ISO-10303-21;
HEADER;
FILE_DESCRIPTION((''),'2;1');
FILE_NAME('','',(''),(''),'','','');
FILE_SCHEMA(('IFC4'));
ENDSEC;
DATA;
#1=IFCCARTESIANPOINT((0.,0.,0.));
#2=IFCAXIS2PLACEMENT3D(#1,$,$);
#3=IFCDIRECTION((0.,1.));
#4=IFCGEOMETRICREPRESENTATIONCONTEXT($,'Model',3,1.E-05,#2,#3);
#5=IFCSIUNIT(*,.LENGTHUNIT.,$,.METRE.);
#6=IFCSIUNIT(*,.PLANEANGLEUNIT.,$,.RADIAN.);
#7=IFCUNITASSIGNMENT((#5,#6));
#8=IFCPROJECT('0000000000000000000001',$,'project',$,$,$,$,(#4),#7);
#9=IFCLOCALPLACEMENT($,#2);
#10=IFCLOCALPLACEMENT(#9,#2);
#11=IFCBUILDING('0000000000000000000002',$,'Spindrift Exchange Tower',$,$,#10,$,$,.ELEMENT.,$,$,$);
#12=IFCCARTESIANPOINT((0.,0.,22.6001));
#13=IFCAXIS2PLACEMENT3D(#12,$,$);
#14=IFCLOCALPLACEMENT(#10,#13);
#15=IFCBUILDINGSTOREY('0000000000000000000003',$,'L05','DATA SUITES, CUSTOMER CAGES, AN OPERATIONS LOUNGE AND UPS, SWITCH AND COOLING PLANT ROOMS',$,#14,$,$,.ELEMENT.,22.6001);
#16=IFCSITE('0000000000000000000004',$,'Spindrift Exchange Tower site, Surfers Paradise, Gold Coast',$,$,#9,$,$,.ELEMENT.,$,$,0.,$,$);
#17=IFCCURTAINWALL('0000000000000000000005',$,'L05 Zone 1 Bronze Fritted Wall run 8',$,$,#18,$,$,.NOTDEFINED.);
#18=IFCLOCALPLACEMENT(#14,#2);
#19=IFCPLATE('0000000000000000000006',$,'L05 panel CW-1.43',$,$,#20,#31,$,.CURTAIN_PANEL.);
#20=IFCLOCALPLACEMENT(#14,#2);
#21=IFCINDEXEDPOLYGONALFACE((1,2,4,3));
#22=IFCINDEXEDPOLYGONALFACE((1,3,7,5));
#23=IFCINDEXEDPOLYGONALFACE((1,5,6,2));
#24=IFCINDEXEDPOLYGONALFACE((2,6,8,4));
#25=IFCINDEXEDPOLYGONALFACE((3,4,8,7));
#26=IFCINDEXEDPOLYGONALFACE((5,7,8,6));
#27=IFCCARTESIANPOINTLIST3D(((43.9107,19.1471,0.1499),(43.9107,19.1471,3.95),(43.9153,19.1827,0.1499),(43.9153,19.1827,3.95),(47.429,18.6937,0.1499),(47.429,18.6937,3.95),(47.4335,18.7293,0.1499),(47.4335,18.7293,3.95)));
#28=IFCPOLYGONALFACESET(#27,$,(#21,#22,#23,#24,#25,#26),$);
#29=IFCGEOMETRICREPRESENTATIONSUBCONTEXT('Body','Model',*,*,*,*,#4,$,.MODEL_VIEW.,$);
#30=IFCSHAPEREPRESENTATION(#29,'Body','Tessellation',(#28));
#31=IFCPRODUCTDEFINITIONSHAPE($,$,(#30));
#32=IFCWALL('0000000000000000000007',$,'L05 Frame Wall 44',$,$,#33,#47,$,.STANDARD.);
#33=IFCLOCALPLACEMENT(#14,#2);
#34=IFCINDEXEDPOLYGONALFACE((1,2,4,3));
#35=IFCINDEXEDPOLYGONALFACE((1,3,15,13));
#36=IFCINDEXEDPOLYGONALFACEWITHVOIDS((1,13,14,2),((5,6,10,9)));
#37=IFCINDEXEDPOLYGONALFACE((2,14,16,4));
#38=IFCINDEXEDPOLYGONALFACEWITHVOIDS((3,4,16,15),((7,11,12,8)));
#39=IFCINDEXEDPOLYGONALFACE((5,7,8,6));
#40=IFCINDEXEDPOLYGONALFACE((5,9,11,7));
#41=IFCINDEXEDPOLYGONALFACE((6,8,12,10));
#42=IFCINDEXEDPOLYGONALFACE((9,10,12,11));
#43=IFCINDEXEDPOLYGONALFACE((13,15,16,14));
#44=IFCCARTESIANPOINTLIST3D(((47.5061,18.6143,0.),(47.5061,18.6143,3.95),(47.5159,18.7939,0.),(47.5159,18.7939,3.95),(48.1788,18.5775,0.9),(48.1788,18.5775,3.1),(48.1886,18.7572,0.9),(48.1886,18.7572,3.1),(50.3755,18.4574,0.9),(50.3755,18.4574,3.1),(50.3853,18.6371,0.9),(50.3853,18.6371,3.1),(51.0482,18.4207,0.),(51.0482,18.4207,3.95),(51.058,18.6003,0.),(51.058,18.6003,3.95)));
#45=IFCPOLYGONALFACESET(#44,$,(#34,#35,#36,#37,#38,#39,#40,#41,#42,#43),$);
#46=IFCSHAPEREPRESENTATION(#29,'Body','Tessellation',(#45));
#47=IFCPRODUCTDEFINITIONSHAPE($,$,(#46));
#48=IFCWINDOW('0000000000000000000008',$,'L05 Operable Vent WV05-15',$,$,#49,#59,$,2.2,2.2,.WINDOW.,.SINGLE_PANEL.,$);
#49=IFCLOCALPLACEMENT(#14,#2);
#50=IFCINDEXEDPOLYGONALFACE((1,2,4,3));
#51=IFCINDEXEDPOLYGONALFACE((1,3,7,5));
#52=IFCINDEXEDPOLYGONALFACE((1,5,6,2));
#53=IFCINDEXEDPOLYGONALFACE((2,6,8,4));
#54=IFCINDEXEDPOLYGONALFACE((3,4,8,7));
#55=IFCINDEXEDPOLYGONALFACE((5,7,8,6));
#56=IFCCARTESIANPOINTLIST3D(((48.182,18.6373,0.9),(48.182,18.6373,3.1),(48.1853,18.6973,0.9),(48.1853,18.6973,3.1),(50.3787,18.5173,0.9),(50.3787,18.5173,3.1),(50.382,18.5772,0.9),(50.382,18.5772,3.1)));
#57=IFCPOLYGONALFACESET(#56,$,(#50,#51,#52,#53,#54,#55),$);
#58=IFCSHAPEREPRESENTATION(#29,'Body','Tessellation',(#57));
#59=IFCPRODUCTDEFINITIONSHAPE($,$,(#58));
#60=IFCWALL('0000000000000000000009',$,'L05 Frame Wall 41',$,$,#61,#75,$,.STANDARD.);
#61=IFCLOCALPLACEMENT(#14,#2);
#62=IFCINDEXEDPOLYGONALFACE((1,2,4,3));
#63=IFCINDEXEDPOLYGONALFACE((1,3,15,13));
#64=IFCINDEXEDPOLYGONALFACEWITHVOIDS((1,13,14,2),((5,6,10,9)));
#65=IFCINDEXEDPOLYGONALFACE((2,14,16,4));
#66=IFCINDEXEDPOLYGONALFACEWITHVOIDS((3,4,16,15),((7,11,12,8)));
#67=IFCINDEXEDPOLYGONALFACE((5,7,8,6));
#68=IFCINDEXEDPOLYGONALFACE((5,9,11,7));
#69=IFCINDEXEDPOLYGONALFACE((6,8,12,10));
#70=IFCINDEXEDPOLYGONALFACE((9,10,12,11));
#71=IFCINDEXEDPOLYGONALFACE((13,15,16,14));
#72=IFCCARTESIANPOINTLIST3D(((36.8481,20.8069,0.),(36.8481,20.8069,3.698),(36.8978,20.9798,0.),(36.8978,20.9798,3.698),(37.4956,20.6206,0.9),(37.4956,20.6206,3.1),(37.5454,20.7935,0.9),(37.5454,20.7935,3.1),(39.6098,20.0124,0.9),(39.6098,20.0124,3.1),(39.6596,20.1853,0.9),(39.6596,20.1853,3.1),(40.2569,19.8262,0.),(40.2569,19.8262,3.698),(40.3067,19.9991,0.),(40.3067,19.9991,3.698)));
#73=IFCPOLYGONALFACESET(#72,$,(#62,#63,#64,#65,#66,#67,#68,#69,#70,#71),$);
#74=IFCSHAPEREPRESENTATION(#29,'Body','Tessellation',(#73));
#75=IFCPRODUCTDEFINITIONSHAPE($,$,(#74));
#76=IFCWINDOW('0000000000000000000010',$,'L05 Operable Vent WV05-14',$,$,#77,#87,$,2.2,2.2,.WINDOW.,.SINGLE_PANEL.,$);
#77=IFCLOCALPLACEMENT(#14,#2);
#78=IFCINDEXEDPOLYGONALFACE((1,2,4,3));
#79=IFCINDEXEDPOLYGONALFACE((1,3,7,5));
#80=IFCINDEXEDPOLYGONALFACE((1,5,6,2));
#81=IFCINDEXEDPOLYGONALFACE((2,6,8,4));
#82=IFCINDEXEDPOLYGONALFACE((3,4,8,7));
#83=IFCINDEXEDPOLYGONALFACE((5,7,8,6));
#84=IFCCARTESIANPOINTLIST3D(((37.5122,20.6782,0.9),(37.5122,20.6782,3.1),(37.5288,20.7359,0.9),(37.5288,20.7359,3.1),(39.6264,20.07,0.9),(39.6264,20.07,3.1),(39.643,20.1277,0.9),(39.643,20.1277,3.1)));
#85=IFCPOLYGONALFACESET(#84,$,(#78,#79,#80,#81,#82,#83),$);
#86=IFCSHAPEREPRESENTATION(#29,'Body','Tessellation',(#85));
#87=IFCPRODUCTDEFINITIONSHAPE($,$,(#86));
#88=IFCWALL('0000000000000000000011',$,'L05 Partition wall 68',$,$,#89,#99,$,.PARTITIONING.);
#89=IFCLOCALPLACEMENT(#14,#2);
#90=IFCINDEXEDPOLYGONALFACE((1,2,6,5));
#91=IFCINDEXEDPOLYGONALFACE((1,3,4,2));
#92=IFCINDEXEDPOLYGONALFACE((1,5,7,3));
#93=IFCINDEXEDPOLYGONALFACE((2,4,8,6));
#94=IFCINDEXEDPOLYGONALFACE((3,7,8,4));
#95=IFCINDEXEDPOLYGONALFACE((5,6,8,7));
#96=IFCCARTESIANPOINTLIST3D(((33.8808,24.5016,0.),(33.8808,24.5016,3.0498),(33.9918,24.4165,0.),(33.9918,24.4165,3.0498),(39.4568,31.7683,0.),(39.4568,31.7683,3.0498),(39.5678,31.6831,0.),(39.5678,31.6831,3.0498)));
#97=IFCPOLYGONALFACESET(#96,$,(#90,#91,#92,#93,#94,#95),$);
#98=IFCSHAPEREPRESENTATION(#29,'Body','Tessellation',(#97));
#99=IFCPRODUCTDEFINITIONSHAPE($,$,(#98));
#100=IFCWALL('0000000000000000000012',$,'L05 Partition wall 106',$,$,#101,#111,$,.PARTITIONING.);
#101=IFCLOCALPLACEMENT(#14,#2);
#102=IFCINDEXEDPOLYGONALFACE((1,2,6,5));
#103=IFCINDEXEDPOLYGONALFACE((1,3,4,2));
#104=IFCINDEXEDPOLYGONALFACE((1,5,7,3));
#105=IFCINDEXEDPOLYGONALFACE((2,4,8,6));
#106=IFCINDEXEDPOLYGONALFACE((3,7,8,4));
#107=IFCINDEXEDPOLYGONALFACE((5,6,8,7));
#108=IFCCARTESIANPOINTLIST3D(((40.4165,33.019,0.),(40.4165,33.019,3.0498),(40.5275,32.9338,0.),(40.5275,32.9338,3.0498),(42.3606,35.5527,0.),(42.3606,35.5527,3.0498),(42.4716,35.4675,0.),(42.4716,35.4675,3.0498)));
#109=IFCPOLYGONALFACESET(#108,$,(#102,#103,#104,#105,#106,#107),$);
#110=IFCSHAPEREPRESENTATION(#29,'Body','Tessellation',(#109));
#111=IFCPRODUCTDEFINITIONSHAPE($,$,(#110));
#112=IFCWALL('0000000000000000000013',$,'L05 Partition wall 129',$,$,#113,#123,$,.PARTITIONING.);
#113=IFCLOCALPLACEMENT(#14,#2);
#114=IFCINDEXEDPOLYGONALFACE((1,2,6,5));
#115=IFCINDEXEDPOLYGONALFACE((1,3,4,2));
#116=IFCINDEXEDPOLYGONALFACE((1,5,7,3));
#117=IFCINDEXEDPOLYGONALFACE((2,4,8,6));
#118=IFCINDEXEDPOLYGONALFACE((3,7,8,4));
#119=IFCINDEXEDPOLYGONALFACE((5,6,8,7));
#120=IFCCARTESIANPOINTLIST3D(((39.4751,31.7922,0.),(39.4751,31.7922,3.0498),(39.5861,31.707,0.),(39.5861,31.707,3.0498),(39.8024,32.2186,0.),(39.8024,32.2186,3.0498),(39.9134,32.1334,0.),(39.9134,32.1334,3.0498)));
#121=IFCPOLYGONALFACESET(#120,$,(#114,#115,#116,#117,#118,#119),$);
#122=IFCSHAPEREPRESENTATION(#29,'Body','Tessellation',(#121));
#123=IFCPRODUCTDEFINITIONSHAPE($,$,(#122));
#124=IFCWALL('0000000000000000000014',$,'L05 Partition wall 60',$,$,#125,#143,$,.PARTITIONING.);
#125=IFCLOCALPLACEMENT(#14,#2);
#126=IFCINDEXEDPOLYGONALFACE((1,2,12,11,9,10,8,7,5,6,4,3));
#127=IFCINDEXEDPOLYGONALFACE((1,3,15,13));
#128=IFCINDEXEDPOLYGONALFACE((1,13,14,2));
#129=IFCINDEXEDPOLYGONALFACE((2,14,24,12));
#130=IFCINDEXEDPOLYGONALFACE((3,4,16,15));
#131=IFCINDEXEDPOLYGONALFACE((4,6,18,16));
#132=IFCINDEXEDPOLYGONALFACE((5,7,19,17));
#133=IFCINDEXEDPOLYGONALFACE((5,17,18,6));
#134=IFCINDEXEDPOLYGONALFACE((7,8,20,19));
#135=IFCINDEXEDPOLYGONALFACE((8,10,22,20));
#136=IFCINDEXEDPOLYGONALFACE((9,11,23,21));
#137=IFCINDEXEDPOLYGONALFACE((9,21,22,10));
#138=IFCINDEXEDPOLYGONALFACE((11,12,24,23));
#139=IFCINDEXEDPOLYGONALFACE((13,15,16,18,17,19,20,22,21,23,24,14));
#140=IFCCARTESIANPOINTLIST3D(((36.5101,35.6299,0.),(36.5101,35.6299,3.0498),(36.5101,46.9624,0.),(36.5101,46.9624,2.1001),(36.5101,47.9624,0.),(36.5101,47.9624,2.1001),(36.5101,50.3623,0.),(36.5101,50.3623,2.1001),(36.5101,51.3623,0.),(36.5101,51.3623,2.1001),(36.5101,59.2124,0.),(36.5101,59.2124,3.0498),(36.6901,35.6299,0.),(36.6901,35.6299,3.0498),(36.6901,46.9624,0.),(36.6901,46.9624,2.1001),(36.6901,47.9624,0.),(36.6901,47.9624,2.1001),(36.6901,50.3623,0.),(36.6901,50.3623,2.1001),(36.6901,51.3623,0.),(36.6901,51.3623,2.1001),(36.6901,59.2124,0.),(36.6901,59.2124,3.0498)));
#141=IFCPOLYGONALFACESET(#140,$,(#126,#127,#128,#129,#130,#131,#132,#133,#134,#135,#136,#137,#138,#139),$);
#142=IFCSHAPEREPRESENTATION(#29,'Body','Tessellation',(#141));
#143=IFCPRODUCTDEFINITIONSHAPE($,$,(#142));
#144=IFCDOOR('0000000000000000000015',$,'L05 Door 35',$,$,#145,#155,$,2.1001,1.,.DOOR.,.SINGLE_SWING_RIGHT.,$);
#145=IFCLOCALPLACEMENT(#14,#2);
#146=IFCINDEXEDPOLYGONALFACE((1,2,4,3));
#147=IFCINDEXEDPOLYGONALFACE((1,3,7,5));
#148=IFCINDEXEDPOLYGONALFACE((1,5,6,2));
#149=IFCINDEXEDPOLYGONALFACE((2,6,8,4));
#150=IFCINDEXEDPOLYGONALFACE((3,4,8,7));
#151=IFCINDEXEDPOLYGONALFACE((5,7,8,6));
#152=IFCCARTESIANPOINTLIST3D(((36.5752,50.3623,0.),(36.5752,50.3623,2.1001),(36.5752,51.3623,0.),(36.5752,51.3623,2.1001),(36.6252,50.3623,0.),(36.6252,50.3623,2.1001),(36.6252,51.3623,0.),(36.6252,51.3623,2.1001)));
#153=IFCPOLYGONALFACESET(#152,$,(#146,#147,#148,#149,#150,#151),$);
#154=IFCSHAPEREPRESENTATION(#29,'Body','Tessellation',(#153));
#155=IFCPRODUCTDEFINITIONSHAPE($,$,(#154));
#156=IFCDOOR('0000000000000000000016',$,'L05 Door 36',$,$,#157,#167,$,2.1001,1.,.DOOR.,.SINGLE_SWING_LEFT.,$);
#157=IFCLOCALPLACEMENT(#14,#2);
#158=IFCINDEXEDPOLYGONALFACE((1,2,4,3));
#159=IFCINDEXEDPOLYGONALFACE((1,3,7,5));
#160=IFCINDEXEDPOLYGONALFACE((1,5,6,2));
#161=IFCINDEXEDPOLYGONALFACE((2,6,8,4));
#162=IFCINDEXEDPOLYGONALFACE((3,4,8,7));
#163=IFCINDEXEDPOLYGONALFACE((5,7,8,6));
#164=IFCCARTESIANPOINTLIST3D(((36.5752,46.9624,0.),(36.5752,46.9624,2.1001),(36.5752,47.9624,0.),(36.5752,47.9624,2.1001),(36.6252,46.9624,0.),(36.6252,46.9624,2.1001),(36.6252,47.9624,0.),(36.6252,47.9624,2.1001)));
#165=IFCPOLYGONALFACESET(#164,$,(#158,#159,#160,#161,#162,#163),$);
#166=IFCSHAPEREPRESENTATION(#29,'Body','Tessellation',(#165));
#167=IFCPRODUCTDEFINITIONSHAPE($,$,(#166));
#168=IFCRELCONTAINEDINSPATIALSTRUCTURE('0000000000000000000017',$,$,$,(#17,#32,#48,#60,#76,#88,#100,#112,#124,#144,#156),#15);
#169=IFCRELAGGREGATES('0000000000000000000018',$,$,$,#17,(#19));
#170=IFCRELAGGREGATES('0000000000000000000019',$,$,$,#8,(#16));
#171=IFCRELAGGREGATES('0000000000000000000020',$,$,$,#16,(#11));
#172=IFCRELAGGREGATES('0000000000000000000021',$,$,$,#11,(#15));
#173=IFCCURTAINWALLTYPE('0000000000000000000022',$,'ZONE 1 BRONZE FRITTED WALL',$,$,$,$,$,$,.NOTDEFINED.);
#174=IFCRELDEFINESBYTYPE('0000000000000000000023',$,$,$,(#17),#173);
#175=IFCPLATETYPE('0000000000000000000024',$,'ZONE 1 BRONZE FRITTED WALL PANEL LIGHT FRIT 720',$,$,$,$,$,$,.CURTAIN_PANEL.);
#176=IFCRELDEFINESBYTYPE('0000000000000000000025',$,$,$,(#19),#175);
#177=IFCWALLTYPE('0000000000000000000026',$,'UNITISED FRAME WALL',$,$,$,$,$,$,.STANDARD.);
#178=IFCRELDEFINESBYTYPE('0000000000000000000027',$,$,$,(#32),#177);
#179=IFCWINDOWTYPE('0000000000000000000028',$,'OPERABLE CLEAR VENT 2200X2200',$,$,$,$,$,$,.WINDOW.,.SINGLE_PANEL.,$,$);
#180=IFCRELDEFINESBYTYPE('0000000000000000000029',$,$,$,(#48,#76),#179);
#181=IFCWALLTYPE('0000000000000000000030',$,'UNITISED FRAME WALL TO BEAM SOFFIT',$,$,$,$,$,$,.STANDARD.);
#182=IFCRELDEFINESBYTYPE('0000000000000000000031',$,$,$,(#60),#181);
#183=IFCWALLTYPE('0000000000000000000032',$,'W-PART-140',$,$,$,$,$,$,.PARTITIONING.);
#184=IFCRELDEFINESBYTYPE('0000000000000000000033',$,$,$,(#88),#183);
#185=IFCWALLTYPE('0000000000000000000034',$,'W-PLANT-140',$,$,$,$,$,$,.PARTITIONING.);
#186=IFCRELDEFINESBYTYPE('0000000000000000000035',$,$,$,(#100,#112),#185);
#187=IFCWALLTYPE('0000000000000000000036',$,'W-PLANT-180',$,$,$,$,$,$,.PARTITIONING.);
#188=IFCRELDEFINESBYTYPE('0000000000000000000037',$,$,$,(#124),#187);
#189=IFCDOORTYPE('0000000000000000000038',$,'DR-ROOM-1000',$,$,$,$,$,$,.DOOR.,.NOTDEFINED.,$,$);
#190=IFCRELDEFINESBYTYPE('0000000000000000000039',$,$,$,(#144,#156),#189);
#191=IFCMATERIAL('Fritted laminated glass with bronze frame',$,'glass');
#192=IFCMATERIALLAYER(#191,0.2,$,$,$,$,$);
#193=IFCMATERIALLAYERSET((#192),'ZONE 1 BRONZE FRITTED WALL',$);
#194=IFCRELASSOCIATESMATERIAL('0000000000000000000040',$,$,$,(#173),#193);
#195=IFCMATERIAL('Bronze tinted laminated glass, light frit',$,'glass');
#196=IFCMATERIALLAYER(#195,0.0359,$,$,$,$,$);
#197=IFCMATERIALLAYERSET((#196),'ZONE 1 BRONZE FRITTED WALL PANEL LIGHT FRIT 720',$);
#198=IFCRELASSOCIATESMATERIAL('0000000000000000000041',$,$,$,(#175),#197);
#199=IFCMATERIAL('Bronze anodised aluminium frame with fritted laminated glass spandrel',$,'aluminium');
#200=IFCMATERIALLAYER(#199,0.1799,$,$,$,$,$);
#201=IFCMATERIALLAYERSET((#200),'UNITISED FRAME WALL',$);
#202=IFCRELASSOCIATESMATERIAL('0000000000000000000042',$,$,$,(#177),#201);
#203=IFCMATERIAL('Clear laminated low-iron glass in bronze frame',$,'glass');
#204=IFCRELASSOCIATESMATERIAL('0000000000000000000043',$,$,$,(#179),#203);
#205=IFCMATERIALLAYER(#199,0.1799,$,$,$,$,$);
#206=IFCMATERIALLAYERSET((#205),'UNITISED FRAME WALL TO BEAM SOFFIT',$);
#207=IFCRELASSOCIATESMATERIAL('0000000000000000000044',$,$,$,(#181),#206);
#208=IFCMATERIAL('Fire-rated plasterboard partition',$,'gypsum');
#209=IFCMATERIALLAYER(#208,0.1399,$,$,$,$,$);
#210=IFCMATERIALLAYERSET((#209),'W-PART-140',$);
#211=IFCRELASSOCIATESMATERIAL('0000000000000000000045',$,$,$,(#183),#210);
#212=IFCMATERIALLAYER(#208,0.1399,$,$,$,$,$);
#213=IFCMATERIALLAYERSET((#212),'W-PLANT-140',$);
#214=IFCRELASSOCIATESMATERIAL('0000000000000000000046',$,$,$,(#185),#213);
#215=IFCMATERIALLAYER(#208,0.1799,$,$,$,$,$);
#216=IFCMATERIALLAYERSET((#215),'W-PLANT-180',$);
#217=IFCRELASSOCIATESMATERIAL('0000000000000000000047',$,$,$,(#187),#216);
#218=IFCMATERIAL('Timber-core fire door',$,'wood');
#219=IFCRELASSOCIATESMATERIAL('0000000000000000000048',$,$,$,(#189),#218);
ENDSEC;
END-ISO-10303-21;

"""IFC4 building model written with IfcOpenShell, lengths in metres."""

from ifc_helpers import new_model, si_unit, direction, frame, frame_2d, origin, origin_2d, place, context, subcontext, project, spatial, rectangle, extrude, source, transform, mapped, material, layer, layer_set, type_object, element, fill, aggregate, save


model = new_model("IFC4")

# Units and contexts
model_context = context("Model", 3, precision=1e-05, world=origin(), true_north=direction((0.0, 1.0)))
body_context = subcontext(model_context, "Body", "Model", "MODEL_VIEW")
ifc_project = project(units=[si_unit("LENGTHUNIT", "METRE"), si_unit("PLANEANGLEUNIT", "RADIAN")], contexts=[model_context])

# Site, building, storey
site_placement = place(None, origin())
site = spatial("IfcSite", under=ifc_project, at=site_placement, Name="Spindrift Exchange Tower site, Surfers Paradise, Gold Coast", CompositionType="ELEMENT", RefElevation=0.0)
building_placement = place(site_placement, origin())
building = spatial("IfcBuilding", under=site, at=building_placement, Name="Spindrift Exchange Tower", CompositionType="ELEMENT")
storey_placement = place(building_placement, frame((0.0, 0.0, 22.6001)))
storey = spatial("IfcBuildingStorey", under=building, at=storey_placement, Name="L05", Description="DATA SUITES, CUSTOMER CAGES, AN OPERATIONS LOUNGE AND UPS, SWITCH AND COOLING PLANT ROOMS", CompositionType="ELEMENT", Elevation=22.6001)

# Curtain wall
ifc_material_1 = material(Name="Fritted laminated glass with bronze frame", Category="glass")
ifc_layer_1 = layer(ifc_material_1, 0.2)
ifc_layer_set_1 = layer_set([ifc_layer_1], Name="ZONE 1 BRONZE FRITTED WALL")
curtain_wall_type = type_object("IfcCurtainWallType", Name="ZONE 1 BRONZE FRITTED WALL", PredefinedType="NOTDEFINED", material=ifc_layer_set_1)
curtain_wall_1_placement = place(storey_placement, origin())
curtain_wall_1 = element("IfcCurtainWall", 1, at=curtain_wall_1_placement, inside=storey, type_object=curtain_wall_type, Name="L05 Zone 1 Bronze Fritted Wall run 8", PredefinedType="NOTDEFINED")

# Plate
ifc_material_2 = material(Name="Bronze tinted laminated glass, light frit", Category="glass")
ifc_layer_2 = layer(ifc_material_2, 0.0359)
ifc_layer_set_2 = layer_set([ifc_layer_2], Name="ZONE 1 BRONZE FRITTED WALL PANEL LIGHT FRIT 720")
plate_type_1 = type_object("IfcPlateType", Name="ZONE 1 BRONZE FRITTED WALL PANEL LIGHT FRIT 720", PredefinedType="CURTAIN_PANEL", material=ifc_layer_set_2)
shared_shape_1 = source(origin(), body_context, "Body", "SweptSolid", [
    extrude(rectangle(XDim=3.5474, YDim=0.0359, at=origin_2d()), origin(), (0.0, 0.0, 1.0), 3.8),
])
plate_1_placement = place(storey_placement, frame((45.6721, 18.9382, 0.1499), z_axis=(0.0, 0.0, 1.0), x_axis=(0.991799, -0.127807, 0.0)))
plate_1 = element("IfcPlate", 2, at=plate_1_placement, type_object=plate_type_1, Name="L05 panel CW-1.43", PredefinedType="CURTAIN_PANEL", context=body_context, shape_type="MappedRepresentation", body=[
    mapped(shared_shape_1, transform((0.0, 0.0, 0.0), scale=1.0)),
])
aggregate(curtain_wall_1, [plate_1])

# Walls, openings, windows
ifc_material_3 = material(Name="Bronze anodised aluminium frame with fritted laminated glass spandrel", Category="aluminium")
ifc_layer_3 = layer(ifc_material_3, 0.1799)
ifc_layer_set_3 = layer_set([ifc_layer_3], Name="UNITISED FRAME WALL")
wall_type_1 = type_object("IfcWallType", Name="UNITISED FRAME WALL", PredefinedType="STANDARD", material=ifc_layer_set_3)
wall_1_placement = place(storey_placement, frame((47.511, 18.7041, 0.0), z_axis=(0.0, 0.0, 1.0), x_axis=(0.99851, -0.054578, 0.0)))
wall_1 = element("IfcWall", 3, at=wall_1_placement, inside=storey, type_object=wall_type_1, Name="L05 Frame Wall 44", PredefinedType="STANDARD", context=body_context, shape_type="SweptSolid", body=[
    extrude(rectangle(XDim=3.5474, YDim=0.1799, at=frame_2d((1.7737, 0.0))), origin(), (0.0, 0.0, 1.0), 3.95),
])
opening_1_placement = place(wall_1_placement, frame((0.6736, 0.0, 0.8999)))
opening_1 = element("IfcOpeningElement", 4, at=opening_1_placement, cuts=wall_1, PredefinedType="OPENING", context=body_context, shape_type="SweptSolid", body=[
    extrude(rectangle(XDim=2.2, YDim=2.2, at=frame_2d((1.1001, 1.1001))), frame((0.0, 0.0999, 0.0), z_axis=(0.0, -1.0, 0.0), x_axis=(1.0, 0.0, 0.0)), (0.0, 0.0, 1.0), 0.2),
])
ifc_material_4 = material(Name="Clear laminated low-iron glass in bronze frame", Category="glass")
window_type = type_object("IfcWindowType", Name="OPERABLE CLEAR VENT 2200X2200", PartitioningType="SINGLE_PANEL", PredefinedType="WINDOW", material=ifc_material_4)
shared_shape_2 = source(origin(), body_context, "Body", "SweptSolid", [
    extrude(rectangle(XDim=2.2, YDim=2.2, at=frame_2d((1.1001, 1.1001))), frame((0.0, 0.03, 0.0), z_axis=(0.0, -1.0, 0.0), x_axis=(1.0, 0.0, 0.0)), (0.0, 0.0, 1.0), 0.0601),
])
window_1_placement = place(opening_1_placement, origin())
window_1 = element("IfcWindow", 5, at=window_1_placement, inside=storey, type_object=window_type, Name="L05 Operable Vent WV05-15", OverallHeight=2.2, OverallWidth=2.2, PartitioningType="SINGLE_PANEL", PredefinedType="WINDOW", context=body_context, shape_type="MappedRepresentation", body=[
    mapped(shared_shape_2, transform((0.0, 0.0, 0.0), scale=1.0)),
])
fill(opening_1, window_1)
ifc_layer_4 = layer(ifc_material_3, 0.1799)
ifc_layer_set_4 = layer_set([ifc_layer_4], Name="UNITISED FRAME WALL TO BEAM SOFFIT")
wall_type_2 = type_object("IfcWallType", Name="UNITISED FRAME WALL TO BEAM SOFFIT", PredefinedType="STANDARD", material=ifc_layer_set_4)
wall_2_placement = place(storey_placement, frame((36.873, 20.8933, 0.0), z_axis=(0.0, 0.0, 1.0), x_axis=(0.961021, -0.276475, 0.0)))
wall_2 = element("IfcWall", 6, at=wall_2_placement, inside=storey, type_object=wall_type_2, Name="L05 Frame Wall 41", PredefinedType="STANDARD", context=body_context, shape_type="SweptSolid", body=[
    extrude(rectangle(XDim=3.5471, YDim=0.1799, at=frame_2d((1.7734, 0.0))), origin(), (0.0, 0.0, 1.0), 3.698),
])
opening_2_placement = place(wall_2_placement, frame((0.6736, 0.0, 0.8999)))
opening_2 = element("IfcOpeningElement", 7, at=opening_2_placement, cuts=wall_2, PredefinedType="OPENING", context=body_context, shape_type="SweptSolid", body=[
    extrude(rectangle(XDim=2.2, YDim=2.2, at=frame_2d((1.1001, 1.1001))), frame((0.0, 0.0999, 0.0), z_axis=(0.0, -1.0, 0.0), x_axis=(1.0, 0.0, 0.0)), (0.0, 0.0, 1.0), 0.2),
])
window_2_placement = place(opening_2_placement, origin())
window_2 = element("IfcWindow", 8, at=window_2_placement, inside=storey, type_object=window_type, Name="L05 Operable Vent WV05-14", OverallHeight=2.2, OverallWidth=2.2, PartitioningType="SINGLE_PANEL", PredefinedType="WINDOW", context=body_context, shape_type="MappedRepresentation", body=[
    mapped(shared_shape_2, transform((0.0, 0.0, 0.0), scale=1.0)),
])
fill(opening_2, window_2)

# Walls
ifc_material_5 = material(Name="Fire-rated plasterboard partition", Category="gypsum")
ifc_layer_5 = layer(ifc_material_5, 0.1399)
ifc_layer_set_5 = layer_set([ifc_layer_5], Name="W-PART-140")
wall_type_3 = type_object("IfcWallType", Name="W-PART-140", PredefinedType="PARTITIONING", material=ifc_layer_set_5)
wall_3_placement = place(storey_placement, frame((39.5122, 31.7256, 0.0), z_axis=(0.0, 0.0, 1.0), x_axis=(-0.608766, -0.79335, 0.0)))
element("IfcWall", 9, at=wall_3_placement, inside=storey, type_object=wall_type_3, Name="L05 Partition wall 68", PredefinedType="PARTITIONING", context=body_context, shape_type="SweptSolid", body=[
    extrude(rectangle(XDim=9.1594, YDim=0.1399, at=frame_2d((4.5796, 0.0))), origin(), (0.0, 0.0, 1.0), 3.0498),
])
ifc_layer_6 = layer(ifc_material_5, 0.1399)
ifc_layer_set_6 = layer_set([ifc_layer_6], Name="W-PLANT-140")
wall_type_4 = type_object("IfcWallType", Name="W-PLANT-140", PredefinedType="PARTITIONING", material=ifc_layer_set_6)
wall_4_placement = place(storey_placement, frame((42.416, 35.51, 0.0), z_axis=(0.0, 0.0, 1.0), x_axis=(-0.608746, -0.793365, 0.0)))
element("IfcWall", 10, at=wall_4_placement, inside=storey, type_object=wall_type_4, Name="L05 Partition wall 106", PredefinedType="PARTITIONING", context=body_context, shape_type="SweptSolid", body=[
    extrude(rectangle(XDim=3.1936, YDim=0.1399, at=frame_2d((1.5967, 0.0))), origin(), (0.0, 0.0, 1.0), 3.0498),
])
wall_5_placement = place(storey_placement, frame((39.8579, 32.176, 0.0), z_axis=(0.0, 0.0, 1.0), x_axis=(-0.608899, -0.793248, 0.0)))
element("IfcWall", 11, at=wall_5_placement, inside=storey, type_object=wall_type_4, Name="L05 Partition wall 129", PredefinedType="PARTITIONING", context=body_context, shape_type="SweptSolid", body=[
    extrude(rectangle(XDim=0.5376, YDim=0.1399, at=frame_2d((0.2688, 0.0))), origin(), (0.0, 0.0, 1.0), 3.0498),
])

# Wall, openings, doors
ifc_layer_7 = layer(ifc_material_5, 0.1799)
ifc_layer_set_7 = layer_set([ifc_layer_7], Name="W-PLANT-180")
wall_type_5 = type_object("IfcWallType", Name="W-PLANT-180", PredefinedType="PARTITIONING", material=ifc_layer_set_7)
wall_6_placement = place(storey_placement, frame((36.6001, 35.6299, 0.0), z_axis=(0.0, 0.0, 1.0), x_axis=(0.0, 1.0, 0.0)))
wall_6 = element("IfcWall", 12, at=wall_6_placement, inside=storey, type_object=wall_type_5, Name="L05 Partition wall 60", PredefinedType="PARTITIONING", context=body_context, shape_type="SweptSolid", body=[
    extrude(rectangle(XDim=23.5825, YDim=0.1799, at=frame_2d((11.7913, 0.0))), origin(), (0.0, 0.0, 1.0), 3.0498),
])
opening_3_placement = place(wall_6_placement, frame((14.7324, 0.0, 0.0)))
opening_3 = element("IfcOpeningElement", 13, at=opening_3_placement, cuts=wall_6, PredefinedType="OPENING", context=body_context, shape_type="SweptSolid", body=[
    extrude(rectangle(XDim=1.0, YDim=2.1001, at=frame_2d((0.5, 1.05))), frame((0.0, 0.0999, 0.0), z_axis=(0.0, -1.0, 0.0), x_axis=(1.0, 0.0, 0.0)), (0.0, 0.0, 1.0), 0.2),
])
opening_4_placement = place(wall_6_placement, frame((11.3325, 0.0, 0.0)))
opening_4 = element("IfcOpeningElement", 14, at=opening_4_placement, cuts=wall_6, PredefinedType="OPENING", context=body_context, shape_type="SweptSolid", body=[
    extrude(rectangle(XDim=1.0, YDim=2.1001, at=frame_2d((0.5, 1.05))), frame((0.0, 0.0999, 0.0), z_axis=(0.0, -1.0, 0.0), x_axis=(1.0, 0.0, 0.0)), (0.0, 0.0, 1.0), 0.2),
])
ifc_material_6 = material(Name="Timber-core fire door", Category="wood")
door_type = type_object("IfcDoorType", Name="DR-ROOM-1000", OperationType="NOTDEFINED", PredefinedType="DOOR", material=ifc_material_6)
shared_shape_3 = source(origin(), body_context, "Body", "SweptSolid", [
    extrude(rectangle(XDim=1.0, YDim=2.1001, at=frame_2d((0.5, 1.05))), frame((0.0, 0.0249, 0.0), z_axis=(0.0, -1.0, 0.0), x_axis=(1.0, 0.0, 0.0)), (0.0, 0.0, 1.0), 0.05),
])
door_1_placement = place(opening_3_placement, origin())
door_1 = element("IfcDoor", 15, at=door_1_placement, inside=storey, type_object=door_type, Name="L05 Door 35", OperationType="SINGLE_SWING_RIGHT", OverallHeight=2.1001, OverallWidth=1.0, PredefinedType="DOOR", context=body_context, shape_type="MappedRepresentation", body=[
    mapped(shared_shape_3, transform((0.0, 0.0, 0.0), scale=1.0)),
])
fill(opening_3, door_1)
door_2_placement = place(opening_4_placement, origin())
door_2 = element("IfcDoor", 16, at=door_2_placement, inside=storey, type_object=door_type, Name="L05 Door 36", OperationType="SINGLE_SWING_LEFT", OverallHeight=2.1001, OverallWidth=1.0, PredefinedType="DOOR", context=body_context, shape_type="MappedRepresentation", body=[
    mapped(shared_shape_3, transform((0.0, 0.0, 0.0), scale=1.0)),
])
fill(opening_4, door_2)

save(model, "model.ifc")
